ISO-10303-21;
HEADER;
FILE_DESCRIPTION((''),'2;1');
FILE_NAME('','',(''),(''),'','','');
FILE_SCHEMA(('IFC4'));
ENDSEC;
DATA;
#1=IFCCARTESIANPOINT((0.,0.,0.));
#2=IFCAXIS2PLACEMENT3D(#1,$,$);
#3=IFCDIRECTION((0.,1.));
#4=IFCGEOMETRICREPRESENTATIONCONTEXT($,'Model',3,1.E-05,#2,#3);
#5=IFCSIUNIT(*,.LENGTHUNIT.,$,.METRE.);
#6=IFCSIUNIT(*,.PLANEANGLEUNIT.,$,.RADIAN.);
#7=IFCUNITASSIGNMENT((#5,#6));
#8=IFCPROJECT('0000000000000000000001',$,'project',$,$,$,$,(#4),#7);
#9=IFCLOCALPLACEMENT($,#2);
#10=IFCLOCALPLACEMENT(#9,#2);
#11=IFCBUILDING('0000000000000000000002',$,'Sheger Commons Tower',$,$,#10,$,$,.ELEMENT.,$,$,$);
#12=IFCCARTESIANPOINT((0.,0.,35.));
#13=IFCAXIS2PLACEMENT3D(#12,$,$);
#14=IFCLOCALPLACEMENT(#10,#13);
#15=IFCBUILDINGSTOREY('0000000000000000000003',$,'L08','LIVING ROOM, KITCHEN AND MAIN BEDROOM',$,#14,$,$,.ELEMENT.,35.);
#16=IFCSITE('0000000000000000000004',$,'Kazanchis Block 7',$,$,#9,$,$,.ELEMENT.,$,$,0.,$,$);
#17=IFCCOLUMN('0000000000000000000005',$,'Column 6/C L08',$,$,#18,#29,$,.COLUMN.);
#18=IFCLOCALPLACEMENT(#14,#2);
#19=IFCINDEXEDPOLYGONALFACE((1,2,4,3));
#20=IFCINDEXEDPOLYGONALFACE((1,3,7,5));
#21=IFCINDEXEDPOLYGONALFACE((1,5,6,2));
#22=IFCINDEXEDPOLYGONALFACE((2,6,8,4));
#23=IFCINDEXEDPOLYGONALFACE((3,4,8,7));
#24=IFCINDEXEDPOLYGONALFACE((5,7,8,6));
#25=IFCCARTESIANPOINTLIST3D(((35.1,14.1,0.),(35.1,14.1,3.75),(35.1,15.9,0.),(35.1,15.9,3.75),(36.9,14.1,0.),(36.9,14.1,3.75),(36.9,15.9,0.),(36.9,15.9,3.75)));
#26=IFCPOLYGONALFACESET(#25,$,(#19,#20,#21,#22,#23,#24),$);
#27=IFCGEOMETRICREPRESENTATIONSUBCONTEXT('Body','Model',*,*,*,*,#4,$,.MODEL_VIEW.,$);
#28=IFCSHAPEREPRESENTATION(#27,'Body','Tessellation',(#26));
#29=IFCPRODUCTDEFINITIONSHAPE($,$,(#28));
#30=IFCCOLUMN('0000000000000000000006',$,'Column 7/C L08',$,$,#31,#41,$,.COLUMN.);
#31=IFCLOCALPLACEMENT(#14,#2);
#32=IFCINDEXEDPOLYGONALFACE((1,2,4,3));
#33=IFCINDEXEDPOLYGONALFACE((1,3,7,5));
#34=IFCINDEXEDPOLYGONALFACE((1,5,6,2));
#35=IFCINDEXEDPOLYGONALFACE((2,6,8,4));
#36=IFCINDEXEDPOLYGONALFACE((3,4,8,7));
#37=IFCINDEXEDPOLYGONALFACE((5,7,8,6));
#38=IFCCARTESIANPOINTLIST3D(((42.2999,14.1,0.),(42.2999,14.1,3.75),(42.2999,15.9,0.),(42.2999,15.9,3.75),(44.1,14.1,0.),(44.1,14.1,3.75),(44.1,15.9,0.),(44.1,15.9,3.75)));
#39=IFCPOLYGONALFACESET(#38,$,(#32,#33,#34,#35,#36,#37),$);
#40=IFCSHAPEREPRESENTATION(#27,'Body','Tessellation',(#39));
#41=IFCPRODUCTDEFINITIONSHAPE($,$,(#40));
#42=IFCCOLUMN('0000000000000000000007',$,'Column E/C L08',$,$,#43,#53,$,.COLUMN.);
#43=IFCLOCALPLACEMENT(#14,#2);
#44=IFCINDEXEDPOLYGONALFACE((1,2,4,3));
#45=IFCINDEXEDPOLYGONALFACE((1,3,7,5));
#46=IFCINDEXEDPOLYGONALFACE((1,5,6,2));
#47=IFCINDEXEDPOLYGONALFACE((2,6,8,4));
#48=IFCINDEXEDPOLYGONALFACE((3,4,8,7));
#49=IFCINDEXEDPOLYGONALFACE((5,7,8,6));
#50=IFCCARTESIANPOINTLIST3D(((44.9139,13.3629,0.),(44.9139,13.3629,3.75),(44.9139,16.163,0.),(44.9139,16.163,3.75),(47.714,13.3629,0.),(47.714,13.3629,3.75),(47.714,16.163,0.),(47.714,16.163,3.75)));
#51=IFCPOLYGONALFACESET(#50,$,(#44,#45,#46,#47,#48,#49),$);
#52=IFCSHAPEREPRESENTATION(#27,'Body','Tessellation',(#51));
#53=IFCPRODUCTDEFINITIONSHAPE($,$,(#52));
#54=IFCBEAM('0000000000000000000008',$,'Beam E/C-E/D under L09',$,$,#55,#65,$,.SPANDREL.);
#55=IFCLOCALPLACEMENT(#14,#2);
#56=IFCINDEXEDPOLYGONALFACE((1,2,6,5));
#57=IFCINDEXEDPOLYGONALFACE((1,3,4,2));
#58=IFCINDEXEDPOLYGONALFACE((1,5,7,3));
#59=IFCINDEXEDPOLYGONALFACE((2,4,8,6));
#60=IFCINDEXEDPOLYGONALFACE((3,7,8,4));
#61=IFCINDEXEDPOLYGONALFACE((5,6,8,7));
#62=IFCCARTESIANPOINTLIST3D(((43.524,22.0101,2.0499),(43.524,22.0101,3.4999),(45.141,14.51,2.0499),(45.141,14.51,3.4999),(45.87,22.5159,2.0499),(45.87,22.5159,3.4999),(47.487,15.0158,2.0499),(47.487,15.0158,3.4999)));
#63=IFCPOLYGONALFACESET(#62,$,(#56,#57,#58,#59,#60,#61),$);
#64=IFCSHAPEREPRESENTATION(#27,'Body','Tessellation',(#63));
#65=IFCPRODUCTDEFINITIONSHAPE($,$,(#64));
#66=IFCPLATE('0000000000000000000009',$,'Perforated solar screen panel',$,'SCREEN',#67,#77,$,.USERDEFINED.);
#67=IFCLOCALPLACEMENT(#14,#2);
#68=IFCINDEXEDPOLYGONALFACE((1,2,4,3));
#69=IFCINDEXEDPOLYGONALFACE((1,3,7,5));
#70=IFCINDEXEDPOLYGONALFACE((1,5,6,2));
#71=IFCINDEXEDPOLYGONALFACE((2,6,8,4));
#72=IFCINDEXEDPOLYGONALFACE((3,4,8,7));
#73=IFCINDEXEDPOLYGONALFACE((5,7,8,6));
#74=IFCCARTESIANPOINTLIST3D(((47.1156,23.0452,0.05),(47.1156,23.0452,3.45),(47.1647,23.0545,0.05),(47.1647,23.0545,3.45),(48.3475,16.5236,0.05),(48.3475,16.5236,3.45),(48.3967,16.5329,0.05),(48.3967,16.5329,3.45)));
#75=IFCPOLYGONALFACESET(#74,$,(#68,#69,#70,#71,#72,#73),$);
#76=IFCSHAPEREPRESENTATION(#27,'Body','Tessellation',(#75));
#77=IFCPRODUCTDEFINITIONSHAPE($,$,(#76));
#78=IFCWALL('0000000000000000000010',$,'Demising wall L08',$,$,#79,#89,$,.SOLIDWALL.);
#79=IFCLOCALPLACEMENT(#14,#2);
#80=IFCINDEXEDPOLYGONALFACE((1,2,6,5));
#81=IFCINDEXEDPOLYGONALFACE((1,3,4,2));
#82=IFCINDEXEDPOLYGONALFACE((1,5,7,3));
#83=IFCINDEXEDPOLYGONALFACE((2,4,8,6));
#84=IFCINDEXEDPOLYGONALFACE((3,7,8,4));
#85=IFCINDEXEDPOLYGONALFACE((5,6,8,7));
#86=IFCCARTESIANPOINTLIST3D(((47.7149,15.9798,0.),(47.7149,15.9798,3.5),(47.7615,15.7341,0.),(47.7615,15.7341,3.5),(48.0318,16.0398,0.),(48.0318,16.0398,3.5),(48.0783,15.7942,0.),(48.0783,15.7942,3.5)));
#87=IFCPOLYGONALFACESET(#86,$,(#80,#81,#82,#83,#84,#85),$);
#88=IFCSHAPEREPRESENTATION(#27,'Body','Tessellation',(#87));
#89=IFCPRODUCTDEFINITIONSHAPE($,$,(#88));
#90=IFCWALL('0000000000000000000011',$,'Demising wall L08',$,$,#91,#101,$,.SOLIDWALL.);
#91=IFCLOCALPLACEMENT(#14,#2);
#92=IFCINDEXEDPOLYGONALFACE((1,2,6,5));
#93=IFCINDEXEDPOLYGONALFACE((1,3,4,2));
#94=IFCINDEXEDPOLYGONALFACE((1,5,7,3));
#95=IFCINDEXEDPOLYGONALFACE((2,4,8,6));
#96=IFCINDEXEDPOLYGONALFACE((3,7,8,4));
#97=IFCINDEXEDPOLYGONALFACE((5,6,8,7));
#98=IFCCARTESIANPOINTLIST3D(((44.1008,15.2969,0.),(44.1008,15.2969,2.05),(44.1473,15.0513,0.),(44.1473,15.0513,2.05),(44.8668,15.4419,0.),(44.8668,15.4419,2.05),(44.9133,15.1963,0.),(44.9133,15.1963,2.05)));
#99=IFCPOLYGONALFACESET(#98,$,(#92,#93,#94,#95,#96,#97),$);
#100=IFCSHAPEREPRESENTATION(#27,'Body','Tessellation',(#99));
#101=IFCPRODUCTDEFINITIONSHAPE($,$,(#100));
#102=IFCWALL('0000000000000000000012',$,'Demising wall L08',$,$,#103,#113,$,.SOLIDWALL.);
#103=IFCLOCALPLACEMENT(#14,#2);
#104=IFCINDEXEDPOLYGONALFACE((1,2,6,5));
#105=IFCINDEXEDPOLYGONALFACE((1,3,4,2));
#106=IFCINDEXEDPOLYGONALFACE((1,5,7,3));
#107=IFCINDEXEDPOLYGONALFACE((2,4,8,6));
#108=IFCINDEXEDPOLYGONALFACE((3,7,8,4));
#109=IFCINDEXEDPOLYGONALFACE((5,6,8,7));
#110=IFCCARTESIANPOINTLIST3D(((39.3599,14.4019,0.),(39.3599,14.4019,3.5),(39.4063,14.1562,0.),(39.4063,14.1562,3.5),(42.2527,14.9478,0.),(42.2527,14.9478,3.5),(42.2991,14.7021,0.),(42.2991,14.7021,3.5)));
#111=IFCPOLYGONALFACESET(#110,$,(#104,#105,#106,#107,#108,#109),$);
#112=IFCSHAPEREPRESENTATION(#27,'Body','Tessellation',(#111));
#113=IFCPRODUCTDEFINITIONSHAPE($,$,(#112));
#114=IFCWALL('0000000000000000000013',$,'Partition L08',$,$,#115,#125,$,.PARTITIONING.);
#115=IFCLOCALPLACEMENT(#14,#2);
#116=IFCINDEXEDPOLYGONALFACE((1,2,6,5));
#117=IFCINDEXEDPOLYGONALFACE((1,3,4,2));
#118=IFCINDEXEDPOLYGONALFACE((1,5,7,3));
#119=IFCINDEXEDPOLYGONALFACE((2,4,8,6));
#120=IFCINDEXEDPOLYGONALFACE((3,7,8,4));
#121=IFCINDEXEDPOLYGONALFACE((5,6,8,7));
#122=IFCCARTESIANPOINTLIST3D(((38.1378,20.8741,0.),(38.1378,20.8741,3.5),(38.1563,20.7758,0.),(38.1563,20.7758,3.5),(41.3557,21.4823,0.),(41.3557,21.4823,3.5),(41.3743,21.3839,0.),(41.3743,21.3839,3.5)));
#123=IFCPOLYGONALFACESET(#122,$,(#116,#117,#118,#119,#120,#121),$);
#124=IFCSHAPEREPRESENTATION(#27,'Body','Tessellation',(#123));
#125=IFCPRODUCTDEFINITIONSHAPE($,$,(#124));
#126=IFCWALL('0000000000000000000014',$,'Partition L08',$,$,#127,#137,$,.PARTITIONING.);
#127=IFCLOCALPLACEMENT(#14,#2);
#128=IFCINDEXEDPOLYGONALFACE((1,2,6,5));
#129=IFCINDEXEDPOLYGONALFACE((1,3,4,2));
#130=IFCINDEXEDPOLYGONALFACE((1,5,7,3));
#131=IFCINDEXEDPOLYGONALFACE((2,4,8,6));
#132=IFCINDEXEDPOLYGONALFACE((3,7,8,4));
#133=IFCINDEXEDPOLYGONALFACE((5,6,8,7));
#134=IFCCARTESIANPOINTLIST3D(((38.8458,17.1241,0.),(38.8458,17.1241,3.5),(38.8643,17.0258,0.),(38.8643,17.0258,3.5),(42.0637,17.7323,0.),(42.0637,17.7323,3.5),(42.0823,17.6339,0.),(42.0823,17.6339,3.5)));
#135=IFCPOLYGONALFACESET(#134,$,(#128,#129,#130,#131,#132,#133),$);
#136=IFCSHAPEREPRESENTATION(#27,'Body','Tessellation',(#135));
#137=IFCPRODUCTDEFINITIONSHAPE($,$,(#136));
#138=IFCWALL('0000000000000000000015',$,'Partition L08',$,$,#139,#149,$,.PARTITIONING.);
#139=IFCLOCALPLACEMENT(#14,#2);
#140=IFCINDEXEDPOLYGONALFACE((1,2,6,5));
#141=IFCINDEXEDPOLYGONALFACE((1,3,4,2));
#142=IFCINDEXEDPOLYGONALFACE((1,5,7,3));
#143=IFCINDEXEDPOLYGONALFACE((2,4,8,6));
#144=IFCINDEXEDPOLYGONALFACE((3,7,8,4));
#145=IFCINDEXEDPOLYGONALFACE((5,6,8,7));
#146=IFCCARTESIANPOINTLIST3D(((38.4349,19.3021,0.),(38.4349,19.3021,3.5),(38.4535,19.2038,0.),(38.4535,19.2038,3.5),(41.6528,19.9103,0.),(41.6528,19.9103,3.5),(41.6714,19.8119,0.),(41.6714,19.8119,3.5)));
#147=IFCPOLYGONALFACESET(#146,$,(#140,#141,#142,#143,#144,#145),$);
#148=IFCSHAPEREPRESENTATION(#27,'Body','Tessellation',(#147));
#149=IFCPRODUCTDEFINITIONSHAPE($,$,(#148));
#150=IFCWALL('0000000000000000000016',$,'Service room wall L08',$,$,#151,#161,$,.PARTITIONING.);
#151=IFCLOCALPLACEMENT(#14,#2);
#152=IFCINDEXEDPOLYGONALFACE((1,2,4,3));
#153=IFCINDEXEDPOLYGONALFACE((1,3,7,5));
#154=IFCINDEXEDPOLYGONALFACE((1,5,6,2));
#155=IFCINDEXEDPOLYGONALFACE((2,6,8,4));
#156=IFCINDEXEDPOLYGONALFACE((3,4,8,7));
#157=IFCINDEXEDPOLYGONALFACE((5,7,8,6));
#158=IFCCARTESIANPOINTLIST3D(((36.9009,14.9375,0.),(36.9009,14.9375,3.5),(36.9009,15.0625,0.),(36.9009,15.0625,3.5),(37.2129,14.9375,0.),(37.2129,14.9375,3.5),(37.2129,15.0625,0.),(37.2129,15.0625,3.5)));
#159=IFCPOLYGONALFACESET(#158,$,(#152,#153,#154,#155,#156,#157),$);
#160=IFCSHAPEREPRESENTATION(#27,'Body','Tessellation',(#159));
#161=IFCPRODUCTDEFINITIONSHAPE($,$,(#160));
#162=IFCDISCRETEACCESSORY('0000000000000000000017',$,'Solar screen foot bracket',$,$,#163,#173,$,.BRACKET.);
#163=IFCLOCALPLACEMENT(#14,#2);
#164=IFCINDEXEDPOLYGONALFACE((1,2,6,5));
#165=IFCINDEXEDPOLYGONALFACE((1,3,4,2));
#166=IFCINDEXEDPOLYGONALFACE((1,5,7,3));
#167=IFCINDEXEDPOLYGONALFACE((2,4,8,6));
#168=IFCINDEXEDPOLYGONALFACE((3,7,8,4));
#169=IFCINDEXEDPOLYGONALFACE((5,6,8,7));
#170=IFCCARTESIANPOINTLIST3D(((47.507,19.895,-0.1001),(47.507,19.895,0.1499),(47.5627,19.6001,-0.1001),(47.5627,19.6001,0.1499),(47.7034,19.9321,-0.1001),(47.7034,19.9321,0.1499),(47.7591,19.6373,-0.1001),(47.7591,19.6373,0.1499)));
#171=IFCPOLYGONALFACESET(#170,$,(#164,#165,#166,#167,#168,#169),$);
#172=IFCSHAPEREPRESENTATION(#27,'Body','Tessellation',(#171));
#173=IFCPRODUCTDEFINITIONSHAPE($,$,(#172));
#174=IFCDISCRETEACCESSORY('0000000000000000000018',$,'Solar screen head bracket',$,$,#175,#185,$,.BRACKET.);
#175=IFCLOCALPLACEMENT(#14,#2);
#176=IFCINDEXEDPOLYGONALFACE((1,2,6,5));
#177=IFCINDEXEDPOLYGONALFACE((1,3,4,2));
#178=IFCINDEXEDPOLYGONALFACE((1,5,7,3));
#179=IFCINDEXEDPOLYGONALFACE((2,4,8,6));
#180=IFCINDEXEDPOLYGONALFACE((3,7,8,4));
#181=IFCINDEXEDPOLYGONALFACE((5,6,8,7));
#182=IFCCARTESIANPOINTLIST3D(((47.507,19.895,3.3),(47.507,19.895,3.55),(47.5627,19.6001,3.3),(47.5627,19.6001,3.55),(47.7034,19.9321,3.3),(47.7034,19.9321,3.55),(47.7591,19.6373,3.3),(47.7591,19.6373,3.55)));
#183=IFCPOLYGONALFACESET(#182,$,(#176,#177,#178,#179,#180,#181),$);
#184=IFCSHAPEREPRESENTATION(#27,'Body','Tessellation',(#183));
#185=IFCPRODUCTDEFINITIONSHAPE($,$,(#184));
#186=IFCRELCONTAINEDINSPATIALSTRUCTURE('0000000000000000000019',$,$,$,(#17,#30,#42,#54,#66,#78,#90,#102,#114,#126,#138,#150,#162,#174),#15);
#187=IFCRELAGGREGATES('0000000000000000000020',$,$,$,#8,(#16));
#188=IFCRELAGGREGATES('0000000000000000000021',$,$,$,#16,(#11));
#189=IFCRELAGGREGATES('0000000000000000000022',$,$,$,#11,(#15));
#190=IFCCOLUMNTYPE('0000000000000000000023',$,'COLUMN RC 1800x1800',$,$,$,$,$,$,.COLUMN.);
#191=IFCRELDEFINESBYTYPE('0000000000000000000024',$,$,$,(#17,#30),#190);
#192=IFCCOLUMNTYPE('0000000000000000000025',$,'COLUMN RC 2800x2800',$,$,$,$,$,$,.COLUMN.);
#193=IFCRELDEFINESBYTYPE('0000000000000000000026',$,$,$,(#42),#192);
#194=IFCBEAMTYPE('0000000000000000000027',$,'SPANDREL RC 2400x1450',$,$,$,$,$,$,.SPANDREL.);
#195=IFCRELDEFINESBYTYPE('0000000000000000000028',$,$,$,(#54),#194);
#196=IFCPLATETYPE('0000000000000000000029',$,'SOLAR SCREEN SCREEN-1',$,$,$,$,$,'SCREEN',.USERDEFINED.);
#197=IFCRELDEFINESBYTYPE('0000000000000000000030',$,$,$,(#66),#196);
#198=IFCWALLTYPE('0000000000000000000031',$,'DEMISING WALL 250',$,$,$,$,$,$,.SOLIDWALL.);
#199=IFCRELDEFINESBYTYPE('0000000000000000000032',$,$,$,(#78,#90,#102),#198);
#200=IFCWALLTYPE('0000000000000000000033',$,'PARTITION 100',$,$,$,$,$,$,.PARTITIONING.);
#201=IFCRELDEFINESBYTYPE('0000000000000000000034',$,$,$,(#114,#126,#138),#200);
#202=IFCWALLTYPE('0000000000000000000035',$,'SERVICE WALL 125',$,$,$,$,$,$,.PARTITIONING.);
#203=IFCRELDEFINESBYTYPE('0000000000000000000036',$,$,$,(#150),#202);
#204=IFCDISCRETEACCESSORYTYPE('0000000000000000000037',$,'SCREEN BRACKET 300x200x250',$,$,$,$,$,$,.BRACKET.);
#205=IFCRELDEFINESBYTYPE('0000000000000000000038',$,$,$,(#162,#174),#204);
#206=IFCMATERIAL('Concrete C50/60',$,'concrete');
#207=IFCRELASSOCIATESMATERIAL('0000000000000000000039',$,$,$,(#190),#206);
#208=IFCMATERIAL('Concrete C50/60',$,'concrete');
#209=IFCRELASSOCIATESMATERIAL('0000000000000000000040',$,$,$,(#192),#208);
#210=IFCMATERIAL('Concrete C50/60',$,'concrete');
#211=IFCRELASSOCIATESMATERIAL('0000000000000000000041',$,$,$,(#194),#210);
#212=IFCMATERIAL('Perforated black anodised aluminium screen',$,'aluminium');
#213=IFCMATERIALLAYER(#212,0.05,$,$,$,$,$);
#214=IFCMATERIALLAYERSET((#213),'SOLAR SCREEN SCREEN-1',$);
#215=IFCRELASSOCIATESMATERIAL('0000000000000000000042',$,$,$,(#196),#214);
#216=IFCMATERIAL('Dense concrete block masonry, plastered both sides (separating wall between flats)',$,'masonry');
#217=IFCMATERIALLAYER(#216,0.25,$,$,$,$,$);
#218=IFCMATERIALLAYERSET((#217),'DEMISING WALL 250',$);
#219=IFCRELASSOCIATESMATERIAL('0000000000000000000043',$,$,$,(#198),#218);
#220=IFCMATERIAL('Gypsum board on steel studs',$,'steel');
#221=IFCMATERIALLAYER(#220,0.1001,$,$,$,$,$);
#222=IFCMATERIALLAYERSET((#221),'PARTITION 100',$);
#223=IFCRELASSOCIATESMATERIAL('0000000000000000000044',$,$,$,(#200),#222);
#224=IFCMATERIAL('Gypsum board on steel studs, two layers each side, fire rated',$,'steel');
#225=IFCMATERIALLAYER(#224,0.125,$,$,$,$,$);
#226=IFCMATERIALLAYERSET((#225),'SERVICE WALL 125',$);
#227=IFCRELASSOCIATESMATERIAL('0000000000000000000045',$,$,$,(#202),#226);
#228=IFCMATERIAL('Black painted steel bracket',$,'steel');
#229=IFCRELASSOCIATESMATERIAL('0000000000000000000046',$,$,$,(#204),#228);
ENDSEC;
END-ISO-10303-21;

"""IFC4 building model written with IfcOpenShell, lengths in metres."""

from ifc_helpers import new_model, si_unit, direction, frame, frame_2d, origin, origin_2d, place, context, subcontext, project, spatial, rectangle, extrude, material, layer, layer_set, material_profile, profile_set, type_object, element, save


model = new_model("IFC4")

# Units and contexts
model_context = context("Model", 3, precision=1e-05, world=origin(), true_north=direction((0.0, 1.0)))
body_context = subcontext(model_context, "Body", "Model", "MODEL_VIEW")
ifc_project = project(units=[si_unit("LENGTHUNIT", "METRE"), si_unit("PLANEANGLEUNIT", "RADIAN")], contexts=[model_context])

# Site, building, storey
site_placement = place(None, origin())
site = spatial("IfcSite", under=ifc_project, at=site_placement, Name="Kazanchis Block 7", CompositionType="ELEMENT", RefElevation=0.0)
building_placement = place(site_placement, origin())
building = spatial("IfcBuilding", under=site, at=building_placement, Name="Sheger Commons Tower", CompositionType="ELEMENT")
storey_placement = place(building_placement, frame((0.0, 0.0, 35.0)))
storey = spatial("IfcBuildingStorey", under=building, at=storey_placement, Name="L08", Description="LIVING ROOM, KITCHEN AND MAIN BEDROOM", CompositionType="ELEMENT", Elevation=35.0)

# Columns
ifc_material_1 = material(Name="Concrete C50/60", Category="concrete")
ifc_material_profile_1 = material_profile(ifc_material_1, rectangle(XDim=1.8, YDim=1.8, at=origin_2d()), Name="RC 1800x1800")
ifc_profile_set_1 = profile_set([ifc_material_profile_1], Name="Concrete C50/60")
column_type_1 = type_object("IfcColumnType", Name="COLUMN RC 1800x1800", PredefinedType="COLUMN", material=ifc_profile_set_1)
for number, where, z_axis, x_axis, name in (
    (1, (36.0, 15.0, 0.0), (0.0, 0.0, 1.0), (1.0, 0.0, 0.0), "Column 6/C L08"),
    (2, (43.2, 15.0, 0.0), (0.0, 0.0, 1.0), (1.0, 0.0, 0.0), "Column 7/C L08"),
):
    element("IfcColumn", number, at=place(storey_placement, frame(where, z_axis=z_axis, x_axis=x_axis)), inside=storey, type_object=column_type_1, Name=name, PredefinedType="COLUMN", context=body_context, shape_type="SweptSolid", body=[
        extrude(rectangle(XDim=1.8, YDim=1.8, at=origin_2d()), origin(), (0.0, 0.0, 1.0), 3.75),
    ])
ifc_material_2 = material(Name="Concrete C50/60", Category="concrete")
ifc_material_profile_2 = material_profile(ifc_material_2, rectangle(XDim=2.8, YDim=2.8, at=origin_2d()), Name="RC 2800x2800")
ifc_profile_set_2 = profile_set([ifc_material_profile_2], Name="Concrete C50/60")
column_type_2 = type_object("IfcColumnType", Name="COLUMN RC 2800x2800", PredefinedType="COLUMN", material=ifc_profile_set_2)
column_placement = place(storey_placement, frame((46.314, 14.7629, 0.0), z_axis=(0.0, 0.0, 1.0), x_axis=(1.0, 0.0, 0.0)))
element("IfcColumn", 3, at=column_placement, inside=storey, type_object=column_type_2, Name="Column E/C L08", PredefinedType="COLUMN", context=body_context, shape_type="SweptSolid", body=[
    extrude(rectangle(XDim=2.8, YDim=2.8, at=origin_2d()), origin(), (0.0, 0.0, 1.0), 3.75),
])

# Beam
ifc_material_3 = material(Name="Concrete C50/60", Category="concrete")
ifc_material_profile_3 = material_profile(ifc_material_3, rectangle(XDim=2.3999, YDim=1.45, at=origin_2d()), Name="RC 2400x1450")
ifc_profile_set_3 = profile_set([ifc_material_profile_3], Name="Concrete C50/60")
beam_type = type_object("IfcBeamType", Name="SPANDREL RC 2400x1450", PredefinedType="SPANDREL", material=ifc_profile_set_3)
beam_placement = place(storey_placement, frame((46.314, 14.7629, 2.7749), z_axis=(-0.21075, 0.97754, 0.0), x_axis=(-0.97754, -0.21075, 0.0)))
element("IfcBeam", 4, at=beam_placement, inside=storey, type_object=beam_type, Name="Beam E/C-E/D under L09", PredefinedType="SPANDREL", context=body_context, shape_type="SweptSolid", body=[
    extrude(rectangle(XDim=2.3999, YDim=1.45, at=origin_2d()), origin(), (0.0, 0.0, 1.0), 7.6724),
])

# Plate
ifc_material_4 = material(Name="Perforated black anodised aluminium screen", Category="aluminium")
ifc_layer_1 = layer(ifc_material_4, 0.05)
ifc_layer_set_1 = layer_set([ifc_layer_1], Name="SOLAR SCREEN SCREEN-1")
plate_type = type_object("IfcPlateType", Name="SOLAR SCREEN SCREEN-1", ElementType="SCREEN", PredefinedType="USERDEFINED", material=ifc_layer_set_1)
plate_placement = place(storey_placement, frame((47.7561, 19.7891, 0.05), z_axis=(0.0, 0.0, 1.0), x_axis=(-0.185615, 0.982623, 0.0)))
element("IfcPlate", 5, at=plate_placement, inside=storey, type_object=plate_type, Name="Perforated solar screen panel", ObjectType="SCREEN", PredefinedType="USERDEFINED", context=body_context, shape_type="SweptSolid", body=[
    extrude(rectangle(XDim=6.637, YDim=0.05, at=origin_2d()), origin(), (0.0, 0.0, 1.0), 3.3999),
])

# Walls
ifc_material_5 = material(Name="Dense concrete block masonry, plastered both sides (separating wall between flats)", Category="masonry")
ifc_layer_2 = layer(ifc_material_5, 0.25)
ifc_layer_set_2 = layer_set([ifc_layer_2], Name="DEMISING WALL 250")
wall_type_1 = type_object("IfcWallType", Name="DEMISING WALL 250", PredefinedType="SOLIDWALL", material=ifc_layer_set_2)
wall_1_placement = place(storey_placement, frame((48.0549, 15.917, 0.0), z_axis=(0.0, 0.0, 1.0), x_axis=(-0.98251, -0.186208, 0.0)))
element("IfcWall", 6, at=wall_1_placement, inside=storey, type_object=wall_type_1, Name="Demising wall L08", PredefinedType="SOLIDWALL", context=body_context, shape_type="SweptSolid", body=[
    extrude(rectangle(XDim=0.3225, YDim=0.25, at=frame_2d((0.1611, 0.0))), origin(), (0.0, 0.0, 1.0), 3.5),
])
wall_2_placement = place(storey_placement, frame((44.8899, 15.3191, 0.0), z_axis=(0.0, 0.0, 1.0), x_axis=(-0.982541, -0.186047, 0.0)))
element("IfcWall", 7, at=wall_2_placement, inside=storey, type_object=wall_type_1, Name="Demising wall L08", PredefinedType="SOLIDWALL", context=body_context, shape_type="SweptSolid", body=[
    extrude(rectangle(XDim=0.7795, YDim=0.25, at=frame_2d((0.3896, 0.0))), origin(), (0.0, 0.0, 1.0), 2.05),
])
wall_3_placement = place(storey_placement, frame((42.2759, 14.825, 0.0), z_axis=(0.0, 0.0, 1.0), x_axis=(-0.982657, -0.185435, 0.0)))
element("IfcWall", 8, at=wall_3_placement, inside=storey, type_object=wall_type_1, Name="Demising wall L08", PredefinedType="SOLIDWALL", context=body_context, shape_type="SweptSolid", body=[
    extrude(rectangle(XDim=2.9438, YDim=0.25, at=frame_2d((1.4719, 0.0))), origin(), (0.0, 0.0, 1.0), 3.5),
])
ifc_material_6 = material(Name="Gypsum board on steel studs", Category="steel")
ifc_layer_3 = layer(ifc_material_6, 0.1001)
ifc_layer_set_3 = layer_set([ifc_layer_3], Name="PARTITION 100")
wall_type_2 = type_object("IfcWallType", Name="PARTITION 100", PredefinedType="PARTITIONING", material=ifc_layer_set_3)
for number, where, z_axis, x_axis, name in (
    (9, (41.365, 21.4331, 0.0), (0.0, 0.0, 1.0), (-0.982607, -0.185697, 0.0), "Partition L08"),
    (10, (42.073, 17.6831, 0.0), (0.0, 0.0, 1.0), (-0.982607, -0.185697, 0.0), "Partition L08"),
    (11, (41.6621, 19.8611, 0.0), (0.0, 0.0, 1.0), (-0.982607, -0.185697, 0.0), "Partition L08"),
):
    element("IfcWall", number, at=place(storey_placement, frame(where, z_axis=z_axis, x_axis=x_axis)), inside=storey, type_object=wall_type_2, Name=name, PredefinedType="PARTITIONING", context=body_context, shape_type="SweptSolid", body=[
        extrude(rectangle(XDim=3.2749, YDim=0.1001, at=frame_2d((1.6375, 0.0))), origin(), (0.0, 0.0, 1.0), 3.5),
    ])
ifc_material_7 = material(Name="Gypsum board on steel studs, two layers each side, fire rated", Category="steel")
ifc_layer_4 = layer(ifc_material_7, 0.125)
ifc_layer_set_4 = layer_set([ifc_layer_4], Name="SERVICE WALL 125")
wall_type_3 = type_object("IfcWallType", Name="SERVICE WALL 125", PredefinedType="PARTITIONING", material=ifc_layer_set_4)
wall_4_placement = place(storey_placement, frame((36.9009, 15.0, 0.0), z_axis=(0.0, 0.0, 1.0), x_axis=(1.0, 0.0, 0.0)))
element("IfcWall", 12, at=wall_4_placement, inside=storey, type_object=wall_type_3, Name="Service room wall L08", PredefinedType="PARTITIONING", context=body_context, shape_type="SweptSolid", body=[
    extrude(rectangle(XDim=0.312, YDim=0.125, at=frame_2d((0.156, 0.0))), origin(), (0.0, 0.0, 1.0), 3.5),
])

# Discrete accessories
ifc_material_8 = material(Name="Black painted steel bracket", Category="steel")
discrete_accessory_type = type_object("IfcDiscreteAccessoryType", Name="SCREEN BRACKET 300x200x250", PredefinedType="BRACKET", material=ifc_material_8)
for number, where, z_axis, x_axis, name in (
    (13, (47.6331, 19.7661, -0.1001), (0.0, 0.0, 1.0), (-0.185615, 0.982623, 0.0), "Solar screen foot bracket"),
    (14, (47.6331, 19.7661, 3.3), (0.0, 0.0, 1.0), (-0.185615, 0.982623, 0.0), "Solar screen head bracket"),
):
    element("IfcDiscreteAccessory", number, at=place(storey_placement, frame(where, z_axis=z_axis, x_axis=x_axis)), inside=storey, type_object=discrete_accessory_type, Name=name, PredefinedType="BRACKET", context=body_context, shape_type="SweptSolid", body=[
        extrude(rectangle(XDim=0.3, YDim=0.2, at=origin_2d()), origin(), (0.0, 0.0, 1.0), 0.25),
    ])

save(model, "model.ifc")
